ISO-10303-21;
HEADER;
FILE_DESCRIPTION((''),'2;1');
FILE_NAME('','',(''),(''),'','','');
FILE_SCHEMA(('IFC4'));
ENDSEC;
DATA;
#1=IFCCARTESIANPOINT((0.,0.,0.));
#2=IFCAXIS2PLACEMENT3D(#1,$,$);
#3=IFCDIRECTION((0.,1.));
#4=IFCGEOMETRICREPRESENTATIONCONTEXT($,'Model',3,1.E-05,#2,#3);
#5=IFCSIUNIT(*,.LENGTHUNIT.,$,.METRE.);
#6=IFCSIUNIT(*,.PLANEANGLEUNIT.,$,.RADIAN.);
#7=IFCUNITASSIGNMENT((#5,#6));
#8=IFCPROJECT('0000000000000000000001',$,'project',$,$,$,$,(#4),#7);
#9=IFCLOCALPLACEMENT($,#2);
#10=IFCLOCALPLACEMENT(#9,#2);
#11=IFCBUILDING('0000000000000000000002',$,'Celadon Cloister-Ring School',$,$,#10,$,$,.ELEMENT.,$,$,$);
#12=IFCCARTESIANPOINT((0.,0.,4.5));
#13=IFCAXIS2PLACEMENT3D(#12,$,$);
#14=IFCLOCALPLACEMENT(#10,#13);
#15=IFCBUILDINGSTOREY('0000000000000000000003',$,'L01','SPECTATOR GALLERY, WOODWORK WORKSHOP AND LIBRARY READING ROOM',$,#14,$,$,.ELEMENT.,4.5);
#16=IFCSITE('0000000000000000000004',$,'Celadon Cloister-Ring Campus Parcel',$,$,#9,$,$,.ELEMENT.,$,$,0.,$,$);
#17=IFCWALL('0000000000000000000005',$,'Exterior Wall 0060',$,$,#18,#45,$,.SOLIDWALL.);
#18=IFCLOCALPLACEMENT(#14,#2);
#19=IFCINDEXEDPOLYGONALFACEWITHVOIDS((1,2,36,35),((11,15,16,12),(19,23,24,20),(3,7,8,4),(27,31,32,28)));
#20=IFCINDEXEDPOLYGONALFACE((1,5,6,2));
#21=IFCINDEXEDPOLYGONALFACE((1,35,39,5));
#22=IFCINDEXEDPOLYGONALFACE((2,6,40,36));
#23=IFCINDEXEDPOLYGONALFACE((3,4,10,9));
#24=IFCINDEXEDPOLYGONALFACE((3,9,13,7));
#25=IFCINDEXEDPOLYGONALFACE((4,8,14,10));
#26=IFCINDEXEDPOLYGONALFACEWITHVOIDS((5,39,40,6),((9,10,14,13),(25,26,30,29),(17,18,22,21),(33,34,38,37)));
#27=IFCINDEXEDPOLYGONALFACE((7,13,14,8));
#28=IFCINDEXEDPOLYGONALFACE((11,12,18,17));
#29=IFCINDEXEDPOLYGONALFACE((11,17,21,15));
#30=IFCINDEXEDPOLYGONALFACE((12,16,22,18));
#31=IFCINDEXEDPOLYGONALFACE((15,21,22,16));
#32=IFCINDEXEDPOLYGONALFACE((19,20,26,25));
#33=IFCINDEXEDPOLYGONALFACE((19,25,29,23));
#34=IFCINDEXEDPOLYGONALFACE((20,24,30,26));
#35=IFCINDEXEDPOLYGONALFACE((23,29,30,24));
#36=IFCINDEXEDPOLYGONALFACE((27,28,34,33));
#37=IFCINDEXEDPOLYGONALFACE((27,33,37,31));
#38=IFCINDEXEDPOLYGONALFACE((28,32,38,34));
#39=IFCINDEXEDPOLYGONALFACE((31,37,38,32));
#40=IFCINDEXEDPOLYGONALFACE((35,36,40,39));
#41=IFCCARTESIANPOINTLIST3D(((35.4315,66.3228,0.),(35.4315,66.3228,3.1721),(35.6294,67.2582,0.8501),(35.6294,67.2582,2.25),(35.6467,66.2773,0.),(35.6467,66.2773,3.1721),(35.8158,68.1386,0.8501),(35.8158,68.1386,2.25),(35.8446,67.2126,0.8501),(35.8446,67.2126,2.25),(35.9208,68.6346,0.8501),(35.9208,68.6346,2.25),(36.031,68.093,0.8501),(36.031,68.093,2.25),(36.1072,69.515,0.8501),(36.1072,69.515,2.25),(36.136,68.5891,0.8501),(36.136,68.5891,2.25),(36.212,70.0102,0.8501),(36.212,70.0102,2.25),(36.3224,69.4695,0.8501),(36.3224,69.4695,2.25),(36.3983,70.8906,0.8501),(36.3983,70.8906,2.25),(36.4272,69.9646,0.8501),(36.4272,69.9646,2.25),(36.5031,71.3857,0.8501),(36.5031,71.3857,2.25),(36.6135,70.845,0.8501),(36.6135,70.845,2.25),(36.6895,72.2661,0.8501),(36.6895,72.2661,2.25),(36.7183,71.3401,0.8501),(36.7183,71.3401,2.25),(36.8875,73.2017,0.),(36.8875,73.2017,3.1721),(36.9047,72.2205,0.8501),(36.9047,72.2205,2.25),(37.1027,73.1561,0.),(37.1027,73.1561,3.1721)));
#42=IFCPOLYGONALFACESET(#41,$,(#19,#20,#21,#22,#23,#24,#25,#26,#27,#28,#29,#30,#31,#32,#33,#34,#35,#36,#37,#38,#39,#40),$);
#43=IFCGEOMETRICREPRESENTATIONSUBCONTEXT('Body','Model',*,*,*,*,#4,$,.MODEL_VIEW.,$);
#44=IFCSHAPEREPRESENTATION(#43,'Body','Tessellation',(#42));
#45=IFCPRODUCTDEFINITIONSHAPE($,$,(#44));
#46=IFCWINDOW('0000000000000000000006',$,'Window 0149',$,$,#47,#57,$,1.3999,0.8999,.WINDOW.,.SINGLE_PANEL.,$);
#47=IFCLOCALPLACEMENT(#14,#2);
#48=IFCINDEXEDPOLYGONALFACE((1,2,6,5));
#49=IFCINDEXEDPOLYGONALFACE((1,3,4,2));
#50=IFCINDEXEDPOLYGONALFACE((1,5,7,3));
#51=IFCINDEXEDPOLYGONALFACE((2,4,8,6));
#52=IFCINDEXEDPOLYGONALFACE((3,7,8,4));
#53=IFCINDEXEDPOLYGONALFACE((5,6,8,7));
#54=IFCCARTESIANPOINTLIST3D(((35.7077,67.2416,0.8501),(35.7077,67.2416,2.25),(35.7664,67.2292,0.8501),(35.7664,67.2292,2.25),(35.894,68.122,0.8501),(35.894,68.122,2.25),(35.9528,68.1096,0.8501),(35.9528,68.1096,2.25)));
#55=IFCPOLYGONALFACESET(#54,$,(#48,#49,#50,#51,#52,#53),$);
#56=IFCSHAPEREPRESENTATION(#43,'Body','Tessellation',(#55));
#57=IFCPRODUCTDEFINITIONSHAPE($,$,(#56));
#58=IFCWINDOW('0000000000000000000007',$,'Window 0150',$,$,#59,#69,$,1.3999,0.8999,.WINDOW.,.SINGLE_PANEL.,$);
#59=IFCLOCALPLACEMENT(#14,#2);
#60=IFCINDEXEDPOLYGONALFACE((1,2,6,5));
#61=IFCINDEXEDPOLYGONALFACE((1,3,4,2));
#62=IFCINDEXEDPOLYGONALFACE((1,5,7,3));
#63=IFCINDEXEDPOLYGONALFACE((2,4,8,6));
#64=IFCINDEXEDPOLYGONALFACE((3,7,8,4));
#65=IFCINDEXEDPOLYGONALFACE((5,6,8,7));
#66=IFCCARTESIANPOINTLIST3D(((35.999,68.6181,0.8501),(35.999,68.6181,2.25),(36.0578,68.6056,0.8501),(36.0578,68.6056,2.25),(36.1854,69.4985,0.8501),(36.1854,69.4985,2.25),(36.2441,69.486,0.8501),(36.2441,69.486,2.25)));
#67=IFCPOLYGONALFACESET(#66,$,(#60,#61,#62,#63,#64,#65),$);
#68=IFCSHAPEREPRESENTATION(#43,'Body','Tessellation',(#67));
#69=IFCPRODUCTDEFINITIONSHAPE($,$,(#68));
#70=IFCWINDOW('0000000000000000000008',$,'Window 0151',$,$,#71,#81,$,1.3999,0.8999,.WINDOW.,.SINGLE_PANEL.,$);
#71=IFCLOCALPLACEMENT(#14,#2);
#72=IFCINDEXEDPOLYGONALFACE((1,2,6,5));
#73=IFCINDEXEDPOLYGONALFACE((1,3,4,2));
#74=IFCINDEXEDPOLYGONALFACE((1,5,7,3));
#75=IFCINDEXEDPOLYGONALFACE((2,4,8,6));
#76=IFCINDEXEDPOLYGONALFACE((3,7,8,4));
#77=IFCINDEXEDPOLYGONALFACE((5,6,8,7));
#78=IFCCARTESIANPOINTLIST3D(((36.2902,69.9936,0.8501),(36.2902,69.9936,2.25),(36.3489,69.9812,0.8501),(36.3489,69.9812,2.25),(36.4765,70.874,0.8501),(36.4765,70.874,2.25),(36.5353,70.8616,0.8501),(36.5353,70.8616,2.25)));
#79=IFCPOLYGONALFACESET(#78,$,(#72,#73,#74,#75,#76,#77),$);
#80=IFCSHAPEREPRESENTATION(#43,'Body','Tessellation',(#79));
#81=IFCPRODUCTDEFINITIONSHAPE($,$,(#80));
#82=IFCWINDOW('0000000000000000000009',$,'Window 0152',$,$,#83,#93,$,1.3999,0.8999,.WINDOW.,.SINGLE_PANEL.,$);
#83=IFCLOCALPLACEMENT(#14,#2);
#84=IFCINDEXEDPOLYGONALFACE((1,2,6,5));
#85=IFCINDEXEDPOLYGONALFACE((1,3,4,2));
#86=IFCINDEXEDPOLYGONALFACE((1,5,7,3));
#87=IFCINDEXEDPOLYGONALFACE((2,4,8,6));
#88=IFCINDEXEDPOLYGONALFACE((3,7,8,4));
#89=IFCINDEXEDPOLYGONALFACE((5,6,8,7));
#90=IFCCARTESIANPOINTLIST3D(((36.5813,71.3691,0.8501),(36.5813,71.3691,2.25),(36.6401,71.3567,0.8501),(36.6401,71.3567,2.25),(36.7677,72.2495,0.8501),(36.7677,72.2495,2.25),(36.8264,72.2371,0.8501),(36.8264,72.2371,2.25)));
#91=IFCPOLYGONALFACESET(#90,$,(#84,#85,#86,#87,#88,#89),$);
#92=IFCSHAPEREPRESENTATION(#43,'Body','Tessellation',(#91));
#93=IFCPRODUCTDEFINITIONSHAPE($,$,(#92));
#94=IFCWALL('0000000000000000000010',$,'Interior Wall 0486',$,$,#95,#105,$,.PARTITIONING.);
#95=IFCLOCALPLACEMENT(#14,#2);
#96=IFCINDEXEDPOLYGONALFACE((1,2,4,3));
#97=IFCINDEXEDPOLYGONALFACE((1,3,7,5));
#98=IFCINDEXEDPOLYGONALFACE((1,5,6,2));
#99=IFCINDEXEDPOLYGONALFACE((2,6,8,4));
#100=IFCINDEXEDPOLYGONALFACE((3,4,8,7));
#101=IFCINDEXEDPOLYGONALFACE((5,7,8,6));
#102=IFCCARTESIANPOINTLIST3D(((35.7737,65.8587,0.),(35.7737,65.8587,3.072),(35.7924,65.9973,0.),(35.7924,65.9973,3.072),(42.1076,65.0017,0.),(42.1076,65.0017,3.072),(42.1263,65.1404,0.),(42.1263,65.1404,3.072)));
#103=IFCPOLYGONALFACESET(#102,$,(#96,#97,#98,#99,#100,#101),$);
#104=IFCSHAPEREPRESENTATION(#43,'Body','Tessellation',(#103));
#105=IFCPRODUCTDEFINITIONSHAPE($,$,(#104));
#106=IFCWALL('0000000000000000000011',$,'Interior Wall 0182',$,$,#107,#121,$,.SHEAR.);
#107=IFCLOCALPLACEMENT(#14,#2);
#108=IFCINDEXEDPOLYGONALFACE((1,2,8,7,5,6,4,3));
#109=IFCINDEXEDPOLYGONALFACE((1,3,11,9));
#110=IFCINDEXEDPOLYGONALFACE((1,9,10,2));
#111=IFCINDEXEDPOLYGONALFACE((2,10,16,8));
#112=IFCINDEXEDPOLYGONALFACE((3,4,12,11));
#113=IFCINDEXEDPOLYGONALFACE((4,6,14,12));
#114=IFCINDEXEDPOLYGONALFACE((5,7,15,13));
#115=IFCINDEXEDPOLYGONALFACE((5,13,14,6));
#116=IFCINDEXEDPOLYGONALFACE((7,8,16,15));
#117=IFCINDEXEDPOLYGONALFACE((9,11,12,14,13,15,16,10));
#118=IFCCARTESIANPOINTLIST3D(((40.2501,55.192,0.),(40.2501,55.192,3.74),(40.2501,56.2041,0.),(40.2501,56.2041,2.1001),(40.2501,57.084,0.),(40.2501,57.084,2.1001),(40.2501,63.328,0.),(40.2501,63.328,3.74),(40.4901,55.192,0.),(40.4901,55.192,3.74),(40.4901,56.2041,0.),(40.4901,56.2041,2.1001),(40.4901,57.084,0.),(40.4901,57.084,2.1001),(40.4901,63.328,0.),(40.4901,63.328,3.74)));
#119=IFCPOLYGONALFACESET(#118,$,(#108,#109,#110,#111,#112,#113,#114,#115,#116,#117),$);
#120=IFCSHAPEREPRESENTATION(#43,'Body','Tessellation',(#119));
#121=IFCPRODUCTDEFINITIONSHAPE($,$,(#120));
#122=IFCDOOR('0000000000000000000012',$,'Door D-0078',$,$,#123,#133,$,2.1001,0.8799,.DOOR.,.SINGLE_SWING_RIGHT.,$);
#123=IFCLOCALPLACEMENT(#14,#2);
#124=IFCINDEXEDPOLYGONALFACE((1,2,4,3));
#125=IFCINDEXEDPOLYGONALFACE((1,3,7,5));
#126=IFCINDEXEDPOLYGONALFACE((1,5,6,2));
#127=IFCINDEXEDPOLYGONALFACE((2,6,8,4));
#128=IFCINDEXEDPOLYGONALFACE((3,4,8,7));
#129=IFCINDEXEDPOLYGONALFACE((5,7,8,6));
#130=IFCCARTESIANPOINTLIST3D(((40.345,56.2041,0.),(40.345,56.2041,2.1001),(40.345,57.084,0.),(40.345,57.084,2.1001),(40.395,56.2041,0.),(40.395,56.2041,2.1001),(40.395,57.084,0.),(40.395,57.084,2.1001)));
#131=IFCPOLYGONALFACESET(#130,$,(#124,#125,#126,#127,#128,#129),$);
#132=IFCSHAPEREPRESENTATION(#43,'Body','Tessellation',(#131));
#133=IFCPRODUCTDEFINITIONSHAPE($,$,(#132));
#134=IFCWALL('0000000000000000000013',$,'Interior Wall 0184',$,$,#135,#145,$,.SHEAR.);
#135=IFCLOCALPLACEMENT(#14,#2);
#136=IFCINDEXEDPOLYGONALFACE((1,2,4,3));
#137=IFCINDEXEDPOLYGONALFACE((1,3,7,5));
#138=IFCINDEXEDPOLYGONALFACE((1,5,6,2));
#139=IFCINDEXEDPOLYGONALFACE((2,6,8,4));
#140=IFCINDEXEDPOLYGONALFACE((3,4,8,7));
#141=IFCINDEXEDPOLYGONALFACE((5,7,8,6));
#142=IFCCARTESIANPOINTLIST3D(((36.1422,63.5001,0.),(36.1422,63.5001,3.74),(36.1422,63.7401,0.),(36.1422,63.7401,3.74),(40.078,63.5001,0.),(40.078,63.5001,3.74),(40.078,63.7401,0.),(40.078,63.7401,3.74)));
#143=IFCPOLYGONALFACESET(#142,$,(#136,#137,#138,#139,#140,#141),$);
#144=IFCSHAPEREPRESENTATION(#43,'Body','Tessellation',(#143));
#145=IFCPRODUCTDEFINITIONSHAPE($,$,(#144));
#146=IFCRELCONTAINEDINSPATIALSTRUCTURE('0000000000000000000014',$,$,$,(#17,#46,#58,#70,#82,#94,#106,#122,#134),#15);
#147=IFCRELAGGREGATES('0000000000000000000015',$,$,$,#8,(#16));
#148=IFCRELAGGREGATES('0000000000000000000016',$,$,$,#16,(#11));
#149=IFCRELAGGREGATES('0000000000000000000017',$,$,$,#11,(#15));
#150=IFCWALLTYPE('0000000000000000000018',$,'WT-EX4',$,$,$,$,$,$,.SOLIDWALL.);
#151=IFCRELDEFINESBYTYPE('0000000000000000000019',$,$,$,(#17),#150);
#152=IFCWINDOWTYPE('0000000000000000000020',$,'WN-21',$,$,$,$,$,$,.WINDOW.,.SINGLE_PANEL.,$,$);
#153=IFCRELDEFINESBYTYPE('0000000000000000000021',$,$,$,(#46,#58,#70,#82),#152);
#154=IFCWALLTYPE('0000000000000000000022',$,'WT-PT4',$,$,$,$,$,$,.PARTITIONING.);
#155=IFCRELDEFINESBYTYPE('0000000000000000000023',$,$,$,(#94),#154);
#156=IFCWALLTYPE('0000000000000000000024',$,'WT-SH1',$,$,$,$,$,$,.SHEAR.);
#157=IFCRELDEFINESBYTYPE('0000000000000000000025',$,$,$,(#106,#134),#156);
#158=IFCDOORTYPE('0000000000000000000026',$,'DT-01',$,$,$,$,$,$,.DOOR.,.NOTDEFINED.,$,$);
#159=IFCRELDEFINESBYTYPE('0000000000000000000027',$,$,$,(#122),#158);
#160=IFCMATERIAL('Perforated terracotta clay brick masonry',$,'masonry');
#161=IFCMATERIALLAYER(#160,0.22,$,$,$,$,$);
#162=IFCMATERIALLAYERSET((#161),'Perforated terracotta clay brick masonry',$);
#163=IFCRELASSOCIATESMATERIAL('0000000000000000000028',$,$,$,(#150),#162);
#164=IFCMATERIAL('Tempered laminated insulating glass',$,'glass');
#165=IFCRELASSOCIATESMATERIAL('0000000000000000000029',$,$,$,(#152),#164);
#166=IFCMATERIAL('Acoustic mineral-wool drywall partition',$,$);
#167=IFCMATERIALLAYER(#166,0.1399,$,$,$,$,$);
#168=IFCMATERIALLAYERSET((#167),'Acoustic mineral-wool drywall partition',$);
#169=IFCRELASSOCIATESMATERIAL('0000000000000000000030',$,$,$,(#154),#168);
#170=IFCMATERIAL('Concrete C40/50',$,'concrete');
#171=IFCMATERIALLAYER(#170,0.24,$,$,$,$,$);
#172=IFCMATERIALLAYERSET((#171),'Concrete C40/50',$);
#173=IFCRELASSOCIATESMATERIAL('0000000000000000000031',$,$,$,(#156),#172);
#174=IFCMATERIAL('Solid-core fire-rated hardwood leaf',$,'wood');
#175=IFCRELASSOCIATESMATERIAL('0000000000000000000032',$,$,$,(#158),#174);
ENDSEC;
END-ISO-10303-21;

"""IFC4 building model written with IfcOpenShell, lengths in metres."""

from ifc_helpers import new_model, si_unit, direction, frame, frame_2d, origin, place, context, subcontext, project, spatial, rectangle, extrude, material, layer, layer_set, type_object, element, fill, save


model = new_model("IFC4")

# Units and contexts
model_context = context("Model", 3, precision=1e-05, world=origin(), true_north=direction((0.0, 1.0)))
body_context = subcontext(model_context, "Body", "Model", "MODEL_VIEW")
ifc_project = project(units=[si_unit("LENGTHUNIT", "METRE"), si_unit("PLANEANGLEUNIT", "RADIAN")], contexts=[model_context])

# Site, building, storey
site_placement = place(None, origin())
site = spatial("IfcSite", under=ifc_project, at=site_placement, Name="Celadon Cloister-Ring Campus Parcel", CompositionType="ELEMENT", RefElevation=0.0)
building_placement = place(site_placement, origin())
building = spatial("IfcBuilding", under=site, at=building_placement, Name="Celadon Cloister-Ring School", CompositionType="ELEMENT")
storey_placement = place(building_placement, frame((0.0, 0.0, 4.5)))
storey = spatial("IfcBuildingStorey", under=building, at=storey_placement, Name="L01", Description="SPECTATOR GALLERY, WOODWORK WORKSHOP AND LIBRARY READING ROOM", CompositionType="ELEMENT", Elevation=4.5)

# Wall, openings, windows
ifc_material_1 = material(Name="Perforated terracotta clay brick masonry", Category="masonry")
ifc_layer_1 = layer(ifc_material_1, 0.22)
ifc_layer_set_1 = layer_set([ifc_layer_1], Name="Perforated terracotta clay brick masonry")
wall_type_1 = type_object("IfcWallType", Name="WT-EX4", PredefinedType="SOLIDWALL", material=ifc_layer_set_1)
wall_1_placement = place(storey_placement, frame((35.5391, 66.3, 0.0), z_axis=(0.0, 0.0, 1.0), x_axis=(0.207081, 0.978324, 0.0)))
wall_1 = element("IfcWall", 1, at=wall_1_placement, inside=storey, type_object=wall_type_1, Name="Exterior Wall 0060", PredefinedType="SOLIDWALL", context=body_context, shape_type="SweptSolid", body=[
    extrude(rectangle(XDim=7.0312, YDim=0.22, at=frame_2d((3.5156, 0.0))), origin(), (0.0, 0.0, 1.0), 3.1721),
])
opening_1_placement = place(wall_1_placement, frame((0.9561, 0.0, 0.8501)))
opening_1 = element("IfcOpeningElement", 2, at=opening_1_placement, cuts=wall_1, PredefinedType="OPENING", context=body_context, shape_type="SweptSolid", body=[
    extrude(rectangle(XDim=0.8999, YDim=1.3999, at=frame_2d((0.45, 0.7))), frame((0.0, 0.1201, 0.0), z_axis=(0.0, -1.0, 0.0), x_axis=(1.0, 0.0, 0.0)), (0.0, 0.0, 1.0), 0.24),
])
opening_2_placement = place(wall_1_placement, frame((2.363, 0.0, 0.8501)))
opening_2 = element("IfcOpeningElement", 3, at=opening_2_placement, cuts=wall_1, PredefinedType="OPENING", context=body_context, shape_type="SweptSolid", body=[
    extrude(rectangle(XDim=0.8999, YDim=1.3999, at=frame_2d((0.45, 0.7))), frame((0.0, 0.1201, 0.0), z_axis=(0.0, -1.0, 0.0), x_axis=(1.0, 0.0, 0.0)), (0.0, 0.0, 1.0), 0.24),
])
opening_3_placement = place(wall_1_placement, frame((3.769, 0.0, 0.8501)))
opening_3 = element("IfcOpeningElement", 4, at=opening_3_placement, cuts=wall_1, PredefinedType="OPENING", context=body_context, shape_type="SweptSolid", body=[
    extrude(rectangle(XDim=0.8999, YDim=1.3999, at=frame_2d((0.45, 0.7))), frame((0.0, 0.1201, 0.0), z_axis=(0.0, -1.0, 0.0), x_axis=(1.0, 0.0, 0.0)), (0.0, 0.0, 1.0), 0.24),
])
opening_4_placement = place(wall_1_placement, frame((5.175, 0.0, 0.8501)))
opening_4 = element("IfcOpeningElement", 5, at=opening_4_placement, cuts=wall_1, PredefinedType="OPENING", context=body_context, shape_type="SweptSolid", body=[
    extrude(rectangle(XDim=0.8999, YDim=1.3999, at=frame_2d((0.45, 0.7))), frame((0.0, 0.1201, 0.0), z_axis=(0.0, -1.0, 0.0), x_axis=(1.0, 0.0, 0.0)), (0.0, 0.0, 1.0), 0.24),
])
ifc_material_2 = material(Name="Tempered laminated insulating glass", Category="glass")
window_type = type_object("IfcWindowType", Name="WN-21", PartitioningType="SINGLE_PANEL", PredefinedType="WINDOW", material=ifc_material_2)
window_1_placement = place(opening_1_placement, origin())
window_1 = element("IfcWindow", 6, at=window_1_placement, inside=storey, type_object=window_type, Name="Window 0149", OverallHeight=1.3999, OverallWidth=0.8999, PartitioningType="SINGLE_PANEL", PredefinedType="WINDOW", context=body_context, shape_type="SweptSolid", body=[
    extrude(rectangle(XDim=0.8999, YDim=1.3999, at=frame_2d((0.45, 0.7))), frame((0.0, 0.03, 0.0), z_axis=(0.0, -1.0, 0.0), x_axis=(1.0, 0.0, 0.0)), (0.0, 0.0, 1.0), 0.0601),
])
fill(opening_1, window_1)
window_2_placement = place(opening_2_placement, origin())
window_2 = element("IfcWindow", 7, at=window_2_placement, inside=storey, type_object=window_type, Name="Window 0150", OverallHeight=1.3999, OverallWidth=0.8999, PartitioningType="SINGLE_PANEL", PredefinedType="WINDOW", context=body_context, shape_type="SweptSolid", body=[
    extrude(rectangle(XDim=0.8999, YDim=1.3999, at=frame_2d((0.45, 0.7))), frame((0.0, 0.03, 0.0), z_axis=(0.0, -1.0, 0.0), x_axis=(1.0, 0.0, 0.0)), (0.0, 0.0, 1.0), 0.0601),
])
fill(opening_2, window_2)
window_3_placement = place(opening_3_placement, origin())
window_3 = element("IfcWindow", 8, at=window_3_placement, inside=storey, type_object=window_type, Name="Window 0151", OverallHeight=1.3999, OverallWidth=0.8999, PartitioningType="SINGLE_PANEL", PredefinedType="WINDOW", context=body_context, shape_type="SweptSolid", body=[
    extrude(rectangle(XDim=0.8999, YDim=1.3999, at=frame_2d((0.45, 0.7))), frame((0.0, 0.03, 0.0), z_axis=(0.0, -1.0, 0.0), x_axis=(1.0, 0.0, 0.0)), (0.0, 0.0, 1.0), 0.0601),
])
fill(opening_3, window_3)
window_4_placement = place(opening_4_placement, origin())
window_4 = element("IfcWindow", 9, at=window_4_placement, inside=storey, type_object=window_type, Name="Window 0152", OverallHeight=1.3999, OverallWidth=0.8999, PartitioningType="SINGLE_PANEL", PredefinedType="WINDOW", context=body_context, shape_type="SweptSolid", body=[
    extrude(rectangle(XDim=0.8999, YDim=1.3999, at=frame_2d((0.45, 0.7))), frame((0.0, 0.03, 0.0), z_axis=(0.0, -1.0, 0.0), x_axis=(1.0, 0.0, 0.0)), (0.0, 0.0, 1.0), 0.0601),
])
fill(opening_4, window_4)

# Wall
ifc_material_3 = material(Name="Acoustic mineral-wool drywall partition")
ifc_layer_2 = layer(ifc_material_3, 0.1399)
ifc_layer_set_2 = layer_set([ifc_layer_2], Name="Acoustic mineral-wool drywall partition")
wall_type_2 = type_object("IfcWallType", Name="WT-PT4", PredefinedType="PARTITIONING", material=ifc_layer_set_2)
wall_2_placement = place(storey_placement, frame((42.1169, 65.071, 0.0), z_axis=(0.0, 0.0, 1.0), x_axis=(-0.990972, 0.13407, 0.0)))
element("IfcWall", 10, at=wall_2_placement, inside=storey, type_object=wall_type_2, Name="Interior Wall 0486", PredefinedType="PARTITIONING", context=body_context, shape_type="SweptSolid", body=[
    extrude(rectangle(XDim=6.3916, YDim=0.1399, at=frame_2d((3.1958, 0.0))), origin(), (0.0, 0.0, 1.0), 3.072),
])

# Wall, opening, door
ifc_material_4 = material(Name="Concrete C40/50", Category="concrete")
ifc_layer_3 = layer(ifc_material_4, 0.24)
ifc_layer_set_3 = layer_set([ifc_layer_3], Name="Concrete C40/50")
wall_type_3 = type_object("IfcWallType", Name="WT-SH1", PredefinedType="SHEAR", material=ifc_layer_set_3)
wall_3_placement = place(storey_placement, frame((40.3701, 63.3279, 0.0), z_axis=(0.0, 0.0, 1.0), x_axis=(0.0, -1.0, 0.0)))
wall_3 = element("IfcWall", 11, at=wall_3_placement, inside=storey, type_object=wall_type_3, Name="Interior Wall 0182", PredefinedType="SHEAR", context=body_context, shape_type="SweptSolid", body=[
    extrude(rectangle(XDim=8.136, YDim=0.24, at=frame_2d((4.0679, 0.0))), origin(), (0.0, 0.0, 1.0), 3.74),
])
opening_5_placement = place(wall_3_placement, frame((6.2439, 0.0, 0.0)))
opening_5 = element("IfcOpeningElement", 12, at=opening_5_placement, cuts=wall_3, PredefinedType="OPENING", context=body_context, shape_type="SweptSolid", body=[
    extrude(rectangle(XDim=0.8799, YDim=2.1001, at=frame_2d((0.4399, 1.05))), frame((0.0, 0.1299, 0.0), z_axis=(0.0, -1.0, 0.0), x_axis=(1.0, 0.0, 0.0)), (0.0, 0.0, 1.0), 0.26),
])
ifc_material_5 = material(Name="Solid-core fire-rated hardwood leaf", Category="wood")
door_type = type_object("IfcDoorType", Name="DT-01", OperationType="NOTDEFINED", PredefinedType="DOOR", material=ifc_material_5)
door_placement = place(opening_5_placement, origin())
door = element("IfcDoor", 13, at=door_placement, inside=storey, type_object=door_type, Name="Door D-0078", OperationType="SINGLE_SWING_RIGHT", OverallHeight=2.1001, OverallWidth=0.8799, PredefinedType="DOOR", context=body_context, shape_type="SweptSolid", body=[
    extrude(rectangle(XDim=0.8799, YDim=2.1001, at=frame_2d((0.4399, 1.05))), frame((0.0, 0.0249, 0.0), z_axis=(0.0, -1.0, 0.0), x_axis=(1.0, 0.0, 0.0)), (0.0, 0.0, 1.0), 0.05),
])
fill(opening_5, door)

# Wall
wall_4_placement = place(storey_placement, frame((40.0779, 63.6201, 0.0), z_axis=(0.0, 0.0, 1.0), x_axis=(-1.0, 0.0, 0.0)))
element("IfcWall", 14, at=wall_4_placement, inside=storey, type_object=wall_type_3, Name="Interior Wall 0184", PredefinedType="SHEAR", context=body_context, shape_type="SweptSolid", body=[
    extrude(rectangle(XDim=3.9358, YDim=0.24, at=frame_2d((1.9678, 0.0))), origin(), (0.0, 0.0, 1.0), 3.74),
])

save(model, "model.ifc")
